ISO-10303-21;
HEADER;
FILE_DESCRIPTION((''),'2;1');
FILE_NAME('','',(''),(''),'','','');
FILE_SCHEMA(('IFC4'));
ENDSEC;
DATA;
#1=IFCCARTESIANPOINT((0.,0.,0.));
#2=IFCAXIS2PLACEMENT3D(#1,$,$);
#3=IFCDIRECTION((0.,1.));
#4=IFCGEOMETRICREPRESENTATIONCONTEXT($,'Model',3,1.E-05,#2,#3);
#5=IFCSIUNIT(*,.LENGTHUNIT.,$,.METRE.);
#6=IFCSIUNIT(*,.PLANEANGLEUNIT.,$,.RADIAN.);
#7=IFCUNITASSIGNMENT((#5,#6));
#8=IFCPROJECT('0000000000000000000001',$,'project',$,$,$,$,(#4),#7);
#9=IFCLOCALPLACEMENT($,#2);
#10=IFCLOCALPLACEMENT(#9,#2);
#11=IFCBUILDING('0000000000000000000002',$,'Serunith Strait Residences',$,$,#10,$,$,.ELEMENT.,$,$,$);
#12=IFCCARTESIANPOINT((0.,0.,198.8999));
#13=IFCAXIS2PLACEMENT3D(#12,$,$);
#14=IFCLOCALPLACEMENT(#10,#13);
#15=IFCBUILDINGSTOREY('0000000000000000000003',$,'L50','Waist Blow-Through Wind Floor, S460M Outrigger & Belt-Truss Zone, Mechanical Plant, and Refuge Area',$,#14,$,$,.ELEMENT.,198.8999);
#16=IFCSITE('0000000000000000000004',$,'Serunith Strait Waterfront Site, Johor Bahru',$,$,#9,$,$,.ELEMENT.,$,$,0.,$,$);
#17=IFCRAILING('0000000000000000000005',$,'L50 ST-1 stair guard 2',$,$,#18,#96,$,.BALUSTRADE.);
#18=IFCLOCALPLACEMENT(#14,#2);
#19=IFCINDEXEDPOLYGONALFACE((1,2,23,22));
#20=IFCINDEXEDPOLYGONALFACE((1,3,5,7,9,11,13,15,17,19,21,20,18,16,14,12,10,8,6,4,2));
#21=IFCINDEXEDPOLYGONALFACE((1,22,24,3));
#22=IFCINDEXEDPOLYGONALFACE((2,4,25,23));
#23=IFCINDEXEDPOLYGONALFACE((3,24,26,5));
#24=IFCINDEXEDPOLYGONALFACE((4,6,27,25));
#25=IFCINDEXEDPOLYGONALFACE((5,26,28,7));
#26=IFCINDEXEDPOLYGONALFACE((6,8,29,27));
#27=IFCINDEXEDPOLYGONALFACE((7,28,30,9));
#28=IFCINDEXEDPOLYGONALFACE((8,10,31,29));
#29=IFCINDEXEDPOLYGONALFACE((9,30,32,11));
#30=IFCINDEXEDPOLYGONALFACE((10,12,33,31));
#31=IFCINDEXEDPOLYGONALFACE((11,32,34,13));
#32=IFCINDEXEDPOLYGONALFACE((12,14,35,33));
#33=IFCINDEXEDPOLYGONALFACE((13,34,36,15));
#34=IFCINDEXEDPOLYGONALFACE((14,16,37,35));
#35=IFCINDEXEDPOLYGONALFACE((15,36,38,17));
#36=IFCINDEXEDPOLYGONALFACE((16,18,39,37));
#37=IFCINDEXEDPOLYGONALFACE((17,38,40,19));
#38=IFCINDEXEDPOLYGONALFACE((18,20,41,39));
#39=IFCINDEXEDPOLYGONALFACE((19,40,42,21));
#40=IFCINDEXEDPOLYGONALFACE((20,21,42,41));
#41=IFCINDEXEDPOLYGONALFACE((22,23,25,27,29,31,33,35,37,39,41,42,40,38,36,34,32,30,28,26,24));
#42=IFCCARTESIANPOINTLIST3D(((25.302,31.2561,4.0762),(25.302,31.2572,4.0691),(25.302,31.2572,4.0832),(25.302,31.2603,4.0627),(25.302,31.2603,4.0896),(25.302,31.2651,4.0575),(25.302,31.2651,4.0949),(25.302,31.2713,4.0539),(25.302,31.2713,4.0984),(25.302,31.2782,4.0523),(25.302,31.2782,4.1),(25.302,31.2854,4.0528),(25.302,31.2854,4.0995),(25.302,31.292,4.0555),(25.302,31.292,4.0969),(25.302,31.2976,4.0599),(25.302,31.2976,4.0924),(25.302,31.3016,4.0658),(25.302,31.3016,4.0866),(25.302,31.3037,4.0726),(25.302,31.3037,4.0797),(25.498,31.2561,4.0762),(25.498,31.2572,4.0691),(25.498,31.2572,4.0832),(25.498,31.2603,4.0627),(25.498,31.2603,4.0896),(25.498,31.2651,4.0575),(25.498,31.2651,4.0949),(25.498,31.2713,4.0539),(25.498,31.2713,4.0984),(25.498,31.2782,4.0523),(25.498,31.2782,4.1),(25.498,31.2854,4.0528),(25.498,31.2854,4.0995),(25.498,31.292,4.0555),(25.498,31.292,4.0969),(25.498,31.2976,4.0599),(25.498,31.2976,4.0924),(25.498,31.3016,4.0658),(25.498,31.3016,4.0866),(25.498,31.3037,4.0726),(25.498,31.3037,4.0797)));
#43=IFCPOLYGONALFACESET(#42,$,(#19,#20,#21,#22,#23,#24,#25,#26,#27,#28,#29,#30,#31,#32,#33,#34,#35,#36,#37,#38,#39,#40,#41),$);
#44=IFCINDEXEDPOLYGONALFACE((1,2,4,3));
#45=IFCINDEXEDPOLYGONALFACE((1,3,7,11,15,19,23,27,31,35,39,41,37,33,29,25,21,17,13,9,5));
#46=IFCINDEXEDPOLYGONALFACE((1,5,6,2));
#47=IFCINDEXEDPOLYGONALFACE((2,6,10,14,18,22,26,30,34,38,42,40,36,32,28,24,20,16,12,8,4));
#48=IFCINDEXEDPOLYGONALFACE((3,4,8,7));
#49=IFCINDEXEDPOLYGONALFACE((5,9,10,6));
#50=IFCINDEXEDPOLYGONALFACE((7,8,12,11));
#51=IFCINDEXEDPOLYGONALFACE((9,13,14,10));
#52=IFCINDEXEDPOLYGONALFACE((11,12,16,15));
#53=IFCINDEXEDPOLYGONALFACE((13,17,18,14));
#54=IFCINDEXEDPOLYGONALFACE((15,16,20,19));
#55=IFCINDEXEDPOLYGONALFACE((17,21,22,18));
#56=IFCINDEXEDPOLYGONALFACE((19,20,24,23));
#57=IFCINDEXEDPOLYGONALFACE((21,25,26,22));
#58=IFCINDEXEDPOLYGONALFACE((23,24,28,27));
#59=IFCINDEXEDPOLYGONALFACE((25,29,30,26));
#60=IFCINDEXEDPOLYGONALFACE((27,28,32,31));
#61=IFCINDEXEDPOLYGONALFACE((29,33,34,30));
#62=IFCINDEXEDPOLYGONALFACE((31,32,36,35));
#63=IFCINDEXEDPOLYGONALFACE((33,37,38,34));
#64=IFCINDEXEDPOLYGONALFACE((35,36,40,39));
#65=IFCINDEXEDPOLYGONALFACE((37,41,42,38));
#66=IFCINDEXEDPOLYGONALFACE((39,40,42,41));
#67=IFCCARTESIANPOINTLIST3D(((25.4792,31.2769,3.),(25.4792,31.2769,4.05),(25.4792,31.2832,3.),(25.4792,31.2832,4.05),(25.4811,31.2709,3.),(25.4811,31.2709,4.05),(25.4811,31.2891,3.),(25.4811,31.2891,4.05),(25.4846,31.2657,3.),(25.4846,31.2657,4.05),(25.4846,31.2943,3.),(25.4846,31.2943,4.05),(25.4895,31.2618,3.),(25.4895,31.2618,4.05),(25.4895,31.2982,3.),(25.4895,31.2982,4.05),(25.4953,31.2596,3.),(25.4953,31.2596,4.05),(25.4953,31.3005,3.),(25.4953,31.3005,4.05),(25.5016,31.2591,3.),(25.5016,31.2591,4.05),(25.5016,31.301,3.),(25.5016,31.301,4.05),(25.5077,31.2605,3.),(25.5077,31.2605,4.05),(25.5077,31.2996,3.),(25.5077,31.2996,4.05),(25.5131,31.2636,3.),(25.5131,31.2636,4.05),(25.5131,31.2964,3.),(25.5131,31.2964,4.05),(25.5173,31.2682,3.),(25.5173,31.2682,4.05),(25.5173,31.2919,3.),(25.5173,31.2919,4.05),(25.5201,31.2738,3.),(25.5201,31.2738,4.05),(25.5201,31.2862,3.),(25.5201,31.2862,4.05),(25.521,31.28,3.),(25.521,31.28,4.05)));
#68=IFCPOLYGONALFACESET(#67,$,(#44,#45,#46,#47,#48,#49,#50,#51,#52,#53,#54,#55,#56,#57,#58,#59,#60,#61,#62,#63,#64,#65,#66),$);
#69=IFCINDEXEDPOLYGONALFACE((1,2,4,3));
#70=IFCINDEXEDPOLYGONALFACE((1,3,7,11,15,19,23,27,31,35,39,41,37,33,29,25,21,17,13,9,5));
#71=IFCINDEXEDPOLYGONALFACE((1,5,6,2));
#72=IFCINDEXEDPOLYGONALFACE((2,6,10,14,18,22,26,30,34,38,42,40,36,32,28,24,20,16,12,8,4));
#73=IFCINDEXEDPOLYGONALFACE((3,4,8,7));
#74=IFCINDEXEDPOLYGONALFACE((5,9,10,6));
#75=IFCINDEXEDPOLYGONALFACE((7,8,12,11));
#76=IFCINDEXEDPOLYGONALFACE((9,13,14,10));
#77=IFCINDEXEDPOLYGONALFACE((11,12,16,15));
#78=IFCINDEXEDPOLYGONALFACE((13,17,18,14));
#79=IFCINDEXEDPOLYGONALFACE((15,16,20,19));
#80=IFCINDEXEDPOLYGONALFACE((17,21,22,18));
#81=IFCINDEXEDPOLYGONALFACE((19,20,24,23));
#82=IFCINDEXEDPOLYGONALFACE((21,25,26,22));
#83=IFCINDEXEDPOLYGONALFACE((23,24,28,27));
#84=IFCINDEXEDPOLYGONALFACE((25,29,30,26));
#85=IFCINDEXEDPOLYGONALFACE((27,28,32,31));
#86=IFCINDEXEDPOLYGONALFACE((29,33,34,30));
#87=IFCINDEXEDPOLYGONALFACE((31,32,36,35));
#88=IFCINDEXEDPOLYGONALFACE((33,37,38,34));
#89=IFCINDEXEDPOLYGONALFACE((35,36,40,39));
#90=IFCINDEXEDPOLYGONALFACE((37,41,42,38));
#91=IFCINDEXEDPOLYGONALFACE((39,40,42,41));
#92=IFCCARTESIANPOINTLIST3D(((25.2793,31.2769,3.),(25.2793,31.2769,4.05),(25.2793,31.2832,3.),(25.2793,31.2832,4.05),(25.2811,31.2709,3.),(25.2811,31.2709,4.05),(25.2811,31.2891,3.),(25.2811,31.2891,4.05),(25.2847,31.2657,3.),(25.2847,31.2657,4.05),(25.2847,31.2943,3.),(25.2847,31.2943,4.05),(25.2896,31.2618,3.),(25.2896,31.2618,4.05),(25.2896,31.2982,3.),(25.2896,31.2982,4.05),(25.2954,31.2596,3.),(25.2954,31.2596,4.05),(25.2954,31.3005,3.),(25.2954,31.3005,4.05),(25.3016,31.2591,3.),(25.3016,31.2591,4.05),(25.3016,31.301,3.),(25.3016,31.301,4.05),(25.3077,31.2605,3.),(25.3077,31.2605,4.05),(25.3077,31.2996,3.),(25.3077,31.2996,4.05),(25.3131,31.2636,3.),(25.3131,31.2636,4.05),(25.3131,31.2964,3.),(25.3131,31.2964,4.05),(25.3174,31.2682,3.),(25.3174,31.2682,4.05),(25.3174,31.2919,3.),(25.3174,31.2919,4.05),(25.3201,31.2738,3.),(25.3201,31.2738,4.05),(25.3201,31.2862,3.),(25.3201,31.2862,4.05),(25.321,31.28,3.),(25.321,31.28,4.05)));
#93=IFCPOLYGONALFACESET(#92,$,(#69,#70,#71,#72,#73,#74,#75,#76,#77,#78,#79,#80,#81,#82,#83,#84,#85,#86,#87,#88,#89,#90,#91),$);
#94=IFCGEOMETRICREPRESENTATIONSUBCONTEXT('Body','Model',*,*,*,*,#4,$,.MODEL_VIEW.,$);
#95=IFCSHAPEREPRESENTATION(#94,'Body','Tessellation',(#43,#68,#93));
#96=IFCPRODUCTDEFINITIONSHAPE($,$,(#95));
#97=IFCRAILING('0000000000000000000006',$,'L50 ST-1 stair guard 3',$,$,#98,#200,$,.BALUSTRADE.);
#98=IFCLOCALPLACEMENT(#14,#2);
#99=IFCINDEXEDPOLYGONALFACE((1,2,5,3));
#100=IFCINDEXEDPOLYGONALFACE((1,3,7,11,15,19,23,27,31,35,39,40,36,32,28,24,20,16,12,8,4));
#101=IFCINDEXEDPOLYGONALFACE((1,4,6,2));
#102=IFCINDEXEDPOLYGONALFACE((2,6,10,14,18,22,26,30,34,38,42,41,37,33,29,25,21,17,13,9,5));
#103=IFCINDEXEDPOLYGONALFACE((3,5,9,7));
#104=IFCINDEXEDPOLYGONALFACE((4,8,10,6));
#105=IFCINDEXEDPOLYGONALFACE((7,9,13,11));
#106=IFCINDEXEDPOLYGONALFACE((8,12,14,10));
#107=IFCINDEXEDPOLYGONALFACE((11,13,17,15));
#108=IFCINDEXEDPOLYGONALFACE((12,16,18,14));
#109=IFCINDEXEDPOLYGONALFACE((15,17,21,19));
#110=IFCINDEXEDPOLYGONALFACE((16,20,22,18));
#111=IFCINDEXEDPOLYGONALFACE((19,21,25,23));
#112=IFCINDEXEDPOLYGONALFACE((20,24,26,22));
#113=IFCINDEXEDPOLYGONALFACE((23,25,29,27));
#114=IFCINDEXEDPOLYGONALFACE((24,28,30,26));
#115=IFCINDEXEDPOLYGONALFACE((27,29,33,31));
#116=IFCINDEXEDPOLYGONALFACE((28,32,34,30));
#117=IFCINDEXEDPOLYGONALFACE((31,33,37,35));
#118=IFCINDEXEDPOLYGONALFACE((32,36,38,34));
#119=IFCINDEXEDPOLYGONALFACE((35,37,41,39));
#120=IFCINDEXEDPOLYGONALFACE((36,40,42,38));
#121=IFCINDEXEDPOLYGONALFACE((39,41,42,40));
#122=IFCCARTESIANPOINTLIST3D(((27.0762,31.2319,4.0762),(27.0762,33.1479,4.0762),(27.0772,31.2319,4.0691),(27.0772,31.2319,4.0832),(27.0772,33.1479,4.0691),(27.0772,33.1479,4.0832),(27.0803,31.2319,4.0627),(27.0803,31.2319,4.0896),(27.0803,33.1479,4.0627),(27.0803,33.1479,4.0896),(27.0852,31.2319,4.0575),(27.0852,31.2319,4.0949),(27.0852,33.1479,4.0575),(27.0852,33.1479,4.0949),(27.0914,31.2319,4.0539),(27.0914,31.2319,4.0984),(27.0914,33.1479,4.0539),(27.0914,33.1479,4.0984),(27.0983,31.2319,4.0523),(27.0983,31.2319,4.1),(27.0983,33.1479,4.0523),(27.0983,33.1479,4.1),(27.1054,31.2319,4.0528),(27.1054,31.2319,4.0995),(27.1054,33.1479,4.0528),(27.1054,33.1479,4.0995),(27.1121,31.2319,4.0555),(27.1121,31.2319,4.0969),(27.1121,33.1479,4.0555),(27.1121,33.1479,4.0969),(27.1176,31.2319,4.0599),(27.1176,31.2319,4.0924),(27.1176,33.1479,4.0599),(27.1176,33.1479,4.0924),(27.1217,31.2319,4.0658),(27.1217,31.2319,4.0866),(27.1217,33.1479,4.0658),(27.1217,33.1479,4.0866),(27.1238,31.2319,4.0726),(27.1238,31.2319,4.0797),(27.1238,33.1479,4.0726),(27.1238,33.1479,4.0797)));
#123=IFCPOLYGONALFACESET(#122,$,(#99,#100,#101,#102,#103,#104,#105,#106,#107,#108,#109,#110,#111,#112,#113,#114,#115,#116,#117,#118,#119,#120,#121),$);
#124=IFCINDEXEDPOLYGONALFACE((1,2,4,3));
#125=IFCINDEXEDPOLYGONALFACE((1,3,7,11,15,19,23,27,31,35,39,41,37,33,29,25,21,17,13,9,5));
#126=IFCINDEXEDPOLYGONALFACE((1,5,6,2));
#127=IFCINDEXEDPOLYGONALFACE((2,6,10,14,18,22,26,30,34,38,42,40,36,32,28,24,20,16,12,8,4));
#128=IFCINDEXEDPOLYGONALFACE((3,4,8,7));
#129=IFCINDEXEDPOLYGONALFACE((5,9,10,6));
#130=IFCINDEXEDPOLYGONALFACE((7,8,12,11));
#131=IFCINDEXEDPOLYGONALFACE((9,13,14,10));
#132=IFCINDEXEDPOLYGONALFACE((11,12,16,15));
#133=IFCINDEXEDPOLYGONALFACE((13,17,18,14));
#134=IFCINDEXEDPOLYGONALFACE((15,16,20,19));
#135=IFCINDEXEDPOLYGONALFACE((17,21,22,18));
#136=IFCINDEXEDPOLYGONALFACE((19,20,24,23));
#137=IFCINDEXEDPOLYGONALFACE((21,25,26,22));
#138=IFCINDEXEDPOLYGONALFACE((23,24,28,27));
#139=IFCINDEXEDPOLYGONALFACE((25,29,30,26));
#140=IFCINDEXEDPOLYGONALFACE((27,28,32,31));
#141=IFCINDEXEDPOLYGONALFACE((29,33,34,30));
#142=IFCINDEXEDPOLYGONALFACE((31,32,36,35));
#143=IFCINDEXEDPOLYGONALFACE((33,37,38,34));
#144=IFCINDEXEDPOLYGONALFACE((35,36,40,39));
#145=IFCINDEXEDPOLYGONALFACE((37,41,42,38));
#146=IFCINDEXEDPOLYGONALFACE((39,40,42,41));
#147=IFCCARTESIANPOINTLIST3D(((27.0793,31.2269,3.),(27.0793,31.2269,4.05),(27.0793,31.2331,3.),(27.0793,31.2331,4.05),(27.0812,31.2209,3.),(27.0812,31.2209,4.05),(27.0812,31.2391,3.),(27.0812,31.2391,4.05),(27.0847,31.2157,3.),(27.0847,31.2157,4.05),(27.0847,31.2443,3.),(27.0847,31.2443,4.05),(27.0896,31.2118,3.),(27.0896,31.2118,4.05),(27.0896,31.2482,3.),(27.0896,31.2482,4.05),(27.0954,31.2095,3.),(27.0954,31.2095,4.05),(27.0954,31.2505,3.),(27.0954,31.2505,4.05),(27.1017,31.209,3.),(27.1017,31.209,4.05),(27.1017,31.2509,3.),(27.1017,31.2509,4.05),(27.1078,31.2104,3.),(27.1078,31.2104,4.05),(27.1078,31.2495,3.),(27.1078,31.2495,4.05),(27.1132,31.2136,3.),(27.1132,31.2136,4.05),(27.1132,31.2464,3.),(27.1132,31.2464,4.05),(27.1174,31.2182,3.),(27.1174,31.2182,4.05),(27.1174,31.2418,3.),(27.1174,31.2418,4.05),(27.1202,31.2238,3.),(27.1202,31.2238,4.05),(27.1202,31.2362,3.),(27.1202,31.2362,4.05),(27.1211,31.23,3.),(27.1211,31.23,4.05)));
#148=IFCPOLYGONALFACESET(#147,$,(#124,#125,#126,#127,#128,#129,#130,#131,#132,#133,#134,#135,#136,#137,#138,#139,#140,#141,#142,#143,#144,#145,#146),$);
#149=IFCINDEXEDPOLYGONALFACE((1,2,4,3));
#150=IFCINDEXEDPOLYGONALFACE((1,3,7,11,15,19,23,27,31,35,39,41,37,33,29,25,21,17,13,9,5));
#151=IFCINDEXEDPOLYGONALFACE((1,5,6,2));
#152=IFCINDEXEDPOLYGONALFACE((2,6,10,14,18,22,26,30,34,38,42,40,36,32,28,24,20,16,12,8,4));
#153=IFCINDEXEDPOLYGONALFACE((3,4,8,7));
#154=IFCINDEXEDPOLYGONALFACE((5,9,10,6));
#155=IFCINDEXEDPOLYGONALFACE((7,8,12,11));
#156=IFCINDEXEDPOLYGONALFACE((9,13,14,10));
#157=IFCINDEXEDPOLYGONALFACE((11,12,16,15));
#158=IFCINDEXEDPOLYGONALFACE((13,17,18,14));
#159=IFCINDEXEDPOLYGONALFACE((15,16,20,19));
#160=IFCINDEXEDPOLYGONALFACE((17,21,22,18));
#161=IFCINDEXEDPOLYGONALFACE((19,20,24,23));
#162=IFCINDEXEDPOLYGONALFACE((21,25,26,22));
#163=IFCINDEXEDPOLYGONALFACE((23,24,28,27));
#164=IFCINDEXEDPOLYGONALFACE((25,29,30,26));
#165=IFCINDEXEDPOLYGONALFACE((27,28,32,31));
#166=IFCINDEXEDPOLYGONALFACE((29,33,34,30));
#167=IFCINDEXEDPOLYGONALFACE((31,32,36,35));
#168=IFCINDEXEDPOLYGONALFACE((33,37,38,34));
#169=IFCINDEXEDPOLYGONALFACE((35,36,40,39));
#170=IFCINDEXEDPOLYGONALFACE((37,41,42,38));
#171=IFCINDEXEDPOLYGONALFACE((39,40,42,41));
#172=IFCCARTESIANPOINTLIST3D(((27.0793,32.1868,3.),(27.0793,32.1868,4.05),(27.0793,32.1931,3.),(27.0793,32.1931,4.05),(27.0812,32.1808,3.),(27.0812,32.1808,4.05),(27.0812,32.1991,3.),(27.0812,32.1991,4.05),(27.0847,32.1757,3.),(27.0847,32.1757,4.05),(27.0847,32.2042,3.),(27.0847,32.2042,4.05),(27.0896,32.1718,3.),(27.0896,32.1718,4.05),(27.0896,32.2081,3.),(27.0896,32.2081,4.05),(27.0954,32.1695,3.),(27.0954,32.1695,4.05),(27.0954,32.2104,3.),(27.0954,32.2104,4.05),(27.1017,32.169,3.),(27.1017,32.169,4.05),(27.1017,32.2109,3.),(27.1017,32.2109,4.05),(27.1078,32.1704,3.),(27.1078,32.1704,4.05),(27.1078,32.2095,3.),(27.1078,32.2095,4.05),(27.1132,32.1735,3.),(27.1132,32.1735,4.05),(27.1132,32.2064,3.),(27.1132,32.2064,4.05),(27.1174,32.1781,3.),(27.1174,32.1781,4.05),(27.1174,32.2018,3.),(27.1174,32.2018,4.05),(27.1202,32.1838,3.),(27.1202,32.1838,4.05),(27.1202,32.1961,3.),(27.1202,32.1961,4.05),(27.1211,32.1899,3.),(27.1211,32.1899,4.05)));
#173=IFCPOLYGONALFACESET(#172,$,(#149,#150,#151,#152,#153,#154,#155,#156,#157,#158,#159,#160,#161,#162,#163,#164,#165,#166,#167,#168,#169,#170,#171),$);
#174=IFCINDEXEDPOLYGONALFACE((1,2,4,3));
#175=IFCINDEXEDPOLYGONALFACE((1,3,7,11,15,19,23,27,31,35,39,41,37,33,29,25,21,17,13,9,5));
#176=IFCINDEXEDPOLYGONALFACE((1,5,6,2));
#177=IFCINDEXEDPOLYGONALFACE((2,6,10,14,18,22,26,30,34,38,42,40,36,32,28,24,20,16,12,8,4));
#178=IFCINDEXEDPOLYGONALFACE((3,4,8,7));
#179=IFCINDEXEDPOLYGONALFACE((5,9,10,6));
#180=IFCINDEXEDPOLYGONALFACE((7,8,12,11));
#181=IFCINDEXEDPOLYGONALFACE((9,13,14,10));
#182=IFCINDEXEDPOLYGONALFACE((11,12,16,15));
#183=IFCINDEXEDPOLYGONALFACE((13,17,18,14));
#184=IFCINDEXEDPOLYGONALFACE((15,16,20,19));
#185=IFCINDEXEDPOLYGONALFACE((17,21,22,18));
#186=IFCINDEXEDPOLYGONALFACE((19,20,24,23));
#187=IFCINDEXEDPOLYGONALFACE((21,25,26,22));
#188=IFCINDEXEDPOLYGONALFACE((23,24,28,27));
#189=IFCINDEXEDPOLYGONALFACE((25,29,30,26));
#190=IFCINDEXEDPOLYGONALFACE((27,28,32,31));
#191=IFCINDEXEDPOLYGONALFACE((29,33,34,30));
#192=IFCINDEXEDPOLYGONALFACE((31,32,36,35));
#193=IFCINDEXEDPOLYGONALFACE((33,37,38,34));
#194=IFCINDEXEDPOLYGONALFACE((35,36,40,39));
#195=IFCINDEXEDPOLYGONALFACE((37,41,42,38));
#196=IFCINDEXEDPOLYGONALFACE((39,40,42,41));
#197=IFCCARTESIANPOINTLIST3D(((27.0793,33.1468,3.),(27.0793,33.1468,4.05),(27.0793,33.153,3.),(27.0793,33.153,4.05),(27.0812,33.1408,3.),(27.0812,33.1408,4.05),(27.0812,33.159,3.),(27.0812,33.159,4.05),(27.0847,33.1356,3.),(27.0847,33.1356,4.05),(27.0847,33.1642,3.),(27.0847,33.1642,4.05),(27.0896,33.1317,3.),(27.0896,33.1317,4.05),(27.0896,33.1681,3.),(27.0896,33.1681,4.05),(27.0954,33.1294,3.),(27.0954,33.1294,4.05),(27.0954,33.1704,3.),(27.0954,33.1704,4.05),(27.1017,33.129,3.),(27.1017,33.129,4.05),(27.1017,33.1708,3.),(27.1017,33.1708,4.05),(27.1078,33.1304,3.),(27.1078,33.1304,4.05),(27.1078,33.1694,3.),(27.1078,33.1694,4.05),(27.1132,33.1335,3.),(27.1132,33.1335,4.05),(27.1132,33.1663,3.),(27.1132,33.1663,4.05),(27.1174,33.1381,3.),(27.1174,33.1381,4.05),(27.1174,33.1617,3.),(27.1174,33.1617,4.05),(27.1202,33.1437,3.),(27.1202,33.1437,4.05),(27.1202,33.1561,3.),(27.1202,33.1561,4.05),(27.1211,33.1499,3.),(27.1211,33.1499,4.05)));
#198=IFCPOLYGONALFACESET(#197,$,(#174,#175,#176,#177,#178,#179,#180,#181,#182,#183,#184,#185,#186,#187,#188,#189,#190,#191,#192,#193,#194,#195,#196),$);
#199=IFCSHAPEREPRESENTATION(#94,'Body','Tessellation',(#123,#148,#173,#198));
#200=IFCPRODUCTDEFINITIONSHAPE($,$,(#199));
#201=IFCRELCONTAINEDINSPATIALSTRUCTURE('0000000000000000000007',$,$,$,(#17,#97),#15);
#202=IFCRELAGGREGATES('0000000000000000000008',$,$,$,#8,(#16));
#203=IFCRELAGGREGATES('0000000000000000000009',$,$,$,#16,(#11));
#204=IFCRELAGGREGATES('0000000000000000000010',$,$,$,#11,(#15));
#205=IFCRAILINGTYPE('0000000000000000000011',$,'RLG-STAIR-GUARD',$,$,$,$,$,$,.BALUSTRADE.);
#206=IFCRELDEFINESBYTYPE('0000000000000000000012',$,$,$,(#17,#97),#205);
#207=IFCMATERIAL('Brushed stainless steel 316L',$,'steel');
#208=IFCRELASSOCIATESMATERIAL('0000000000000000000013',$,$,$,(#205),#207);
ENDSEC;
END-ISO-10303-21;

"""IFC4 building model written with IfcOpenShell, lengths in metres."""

from ifc_helpers import new_model, si_unit, direction, frame, origin, origin_2d, place, context, subcontext, project, spatial, circle, extrude, material, type_object, element, save


model = new_model("IFC4")

# Units and contexts
model_context = context("Model", 3, precision=1e-05, world=origin(), true_north=direction((0.0, 1.0)))
body_context = subcontext(model_context, "Body", "Model", "MODEL_VIEW")
ifc_project = project(units=[si_unit("LENGTHUNIT", "METRE"), si_unit("PLANEANGLEUNIT", "RADIAN")], contexts=[model_context])

# Site, building, storey
site_placement = place(None, origin())
site = spatial("IfcSite", under=ifc_project, at=site_placement, Name="Serunith Strait Waterfront Site, Johor Bahru", CompositionType="ELEMENT", RefElevation=0.0)
building_placement = place(site_placement, origin())
building = spatial("IfcBuilding", under=site, at=building_placement, Name="Serunith Strait Residences", CompositionType="ELEMENT")
storey_placement = place(building_placement, frame((0.0, 0.0, 198.8999)))
storey = spatial("IfcBuildingStorey", under=building, at=storey_placement, Name="L50", Description="Waist Blow-Through Wind Floor, S460M Outrigger & Belt-Truss Zone, Mechanical Plant, and Refuge Area", CompositionType="ELEMENT", Elevation=198.8999)

# Railings
ifc_material_1 = material(Name="Brushed stainless steel 316L", Category="steel")
railing_type_1 = type_object("IfcRailingType", Name="RLG-STAIR-GUARD", PredefinedType="BALUSTRADE", material=ifc_material_1)
railing_1_placement = place(storey_placement, frame((25.5, 31.28, 3.0)))
element("IfcRailing", 1, at=railing_1_placement, inside=storey, type_object=railing_type_1, Name="L50 ST-1 stair guard 2", PredefinedType="BALUSTRADE", context=body_context, shape_type="SweptSolid", body=[
    extrude(circle(Radius=0.0239, at=origin_2d()), frame((-0.002, 0.0, 1.0762), z_axis=(-1.0, 0.0, 0.0), x_axis=(0.0, -1.0, 0.0)), (0.0, 0.0, 1.0), 0.196),
    extrude(circle(Radius=0.021, at=origin_2d()), origin(), (0.0, 0.0, 1.0), 1.05),
    extrude(circle(Radius=0.021, at=origin_2d()), frame((-0.2, 0.0, 0.0)), (0.0, 0.0, 1.0), 1.05),
])
for number, where, name in (
    (2, (27.1001, 31.23, 3.0), "L50 ST-1 stair guard 3"),
):
    element("IfcRailing", number, at=place(storey_placement, frame(where)), inside=storey, type_object=railing_type_1, Name=name, PredefinedType="BALUSTRADE", context=body_context, shape_type="SweptSolid", body=[
        extrude(circle(Radius=0.0239, at=origin_2d()), frame((0.0, 0.002, 1.0762), z_axis=(0.0, 1.0, 0.0), x_axis=(-1.0, 0.0, 0.0)), (0.0, 0.0, 1.0), 1.916),
        extrude(circle(Radius=0.021, at=origin_2d()), origin(), (0.0, 0.0, 1.0), 1.05),
        extrude(circle(Radius=0.021, at=origin_2d()), frame((0.0, 0.96, 0.0)), (0.0, 0.0, 1.0), 1.05),
        extrude(circle(Radius=0.021, at=origin_2d()), frame((0.0, 1.9199, 0.0)), (0.0, 0.0, 1.0), 1.05),
    ])

save(model, "model.ifc")
